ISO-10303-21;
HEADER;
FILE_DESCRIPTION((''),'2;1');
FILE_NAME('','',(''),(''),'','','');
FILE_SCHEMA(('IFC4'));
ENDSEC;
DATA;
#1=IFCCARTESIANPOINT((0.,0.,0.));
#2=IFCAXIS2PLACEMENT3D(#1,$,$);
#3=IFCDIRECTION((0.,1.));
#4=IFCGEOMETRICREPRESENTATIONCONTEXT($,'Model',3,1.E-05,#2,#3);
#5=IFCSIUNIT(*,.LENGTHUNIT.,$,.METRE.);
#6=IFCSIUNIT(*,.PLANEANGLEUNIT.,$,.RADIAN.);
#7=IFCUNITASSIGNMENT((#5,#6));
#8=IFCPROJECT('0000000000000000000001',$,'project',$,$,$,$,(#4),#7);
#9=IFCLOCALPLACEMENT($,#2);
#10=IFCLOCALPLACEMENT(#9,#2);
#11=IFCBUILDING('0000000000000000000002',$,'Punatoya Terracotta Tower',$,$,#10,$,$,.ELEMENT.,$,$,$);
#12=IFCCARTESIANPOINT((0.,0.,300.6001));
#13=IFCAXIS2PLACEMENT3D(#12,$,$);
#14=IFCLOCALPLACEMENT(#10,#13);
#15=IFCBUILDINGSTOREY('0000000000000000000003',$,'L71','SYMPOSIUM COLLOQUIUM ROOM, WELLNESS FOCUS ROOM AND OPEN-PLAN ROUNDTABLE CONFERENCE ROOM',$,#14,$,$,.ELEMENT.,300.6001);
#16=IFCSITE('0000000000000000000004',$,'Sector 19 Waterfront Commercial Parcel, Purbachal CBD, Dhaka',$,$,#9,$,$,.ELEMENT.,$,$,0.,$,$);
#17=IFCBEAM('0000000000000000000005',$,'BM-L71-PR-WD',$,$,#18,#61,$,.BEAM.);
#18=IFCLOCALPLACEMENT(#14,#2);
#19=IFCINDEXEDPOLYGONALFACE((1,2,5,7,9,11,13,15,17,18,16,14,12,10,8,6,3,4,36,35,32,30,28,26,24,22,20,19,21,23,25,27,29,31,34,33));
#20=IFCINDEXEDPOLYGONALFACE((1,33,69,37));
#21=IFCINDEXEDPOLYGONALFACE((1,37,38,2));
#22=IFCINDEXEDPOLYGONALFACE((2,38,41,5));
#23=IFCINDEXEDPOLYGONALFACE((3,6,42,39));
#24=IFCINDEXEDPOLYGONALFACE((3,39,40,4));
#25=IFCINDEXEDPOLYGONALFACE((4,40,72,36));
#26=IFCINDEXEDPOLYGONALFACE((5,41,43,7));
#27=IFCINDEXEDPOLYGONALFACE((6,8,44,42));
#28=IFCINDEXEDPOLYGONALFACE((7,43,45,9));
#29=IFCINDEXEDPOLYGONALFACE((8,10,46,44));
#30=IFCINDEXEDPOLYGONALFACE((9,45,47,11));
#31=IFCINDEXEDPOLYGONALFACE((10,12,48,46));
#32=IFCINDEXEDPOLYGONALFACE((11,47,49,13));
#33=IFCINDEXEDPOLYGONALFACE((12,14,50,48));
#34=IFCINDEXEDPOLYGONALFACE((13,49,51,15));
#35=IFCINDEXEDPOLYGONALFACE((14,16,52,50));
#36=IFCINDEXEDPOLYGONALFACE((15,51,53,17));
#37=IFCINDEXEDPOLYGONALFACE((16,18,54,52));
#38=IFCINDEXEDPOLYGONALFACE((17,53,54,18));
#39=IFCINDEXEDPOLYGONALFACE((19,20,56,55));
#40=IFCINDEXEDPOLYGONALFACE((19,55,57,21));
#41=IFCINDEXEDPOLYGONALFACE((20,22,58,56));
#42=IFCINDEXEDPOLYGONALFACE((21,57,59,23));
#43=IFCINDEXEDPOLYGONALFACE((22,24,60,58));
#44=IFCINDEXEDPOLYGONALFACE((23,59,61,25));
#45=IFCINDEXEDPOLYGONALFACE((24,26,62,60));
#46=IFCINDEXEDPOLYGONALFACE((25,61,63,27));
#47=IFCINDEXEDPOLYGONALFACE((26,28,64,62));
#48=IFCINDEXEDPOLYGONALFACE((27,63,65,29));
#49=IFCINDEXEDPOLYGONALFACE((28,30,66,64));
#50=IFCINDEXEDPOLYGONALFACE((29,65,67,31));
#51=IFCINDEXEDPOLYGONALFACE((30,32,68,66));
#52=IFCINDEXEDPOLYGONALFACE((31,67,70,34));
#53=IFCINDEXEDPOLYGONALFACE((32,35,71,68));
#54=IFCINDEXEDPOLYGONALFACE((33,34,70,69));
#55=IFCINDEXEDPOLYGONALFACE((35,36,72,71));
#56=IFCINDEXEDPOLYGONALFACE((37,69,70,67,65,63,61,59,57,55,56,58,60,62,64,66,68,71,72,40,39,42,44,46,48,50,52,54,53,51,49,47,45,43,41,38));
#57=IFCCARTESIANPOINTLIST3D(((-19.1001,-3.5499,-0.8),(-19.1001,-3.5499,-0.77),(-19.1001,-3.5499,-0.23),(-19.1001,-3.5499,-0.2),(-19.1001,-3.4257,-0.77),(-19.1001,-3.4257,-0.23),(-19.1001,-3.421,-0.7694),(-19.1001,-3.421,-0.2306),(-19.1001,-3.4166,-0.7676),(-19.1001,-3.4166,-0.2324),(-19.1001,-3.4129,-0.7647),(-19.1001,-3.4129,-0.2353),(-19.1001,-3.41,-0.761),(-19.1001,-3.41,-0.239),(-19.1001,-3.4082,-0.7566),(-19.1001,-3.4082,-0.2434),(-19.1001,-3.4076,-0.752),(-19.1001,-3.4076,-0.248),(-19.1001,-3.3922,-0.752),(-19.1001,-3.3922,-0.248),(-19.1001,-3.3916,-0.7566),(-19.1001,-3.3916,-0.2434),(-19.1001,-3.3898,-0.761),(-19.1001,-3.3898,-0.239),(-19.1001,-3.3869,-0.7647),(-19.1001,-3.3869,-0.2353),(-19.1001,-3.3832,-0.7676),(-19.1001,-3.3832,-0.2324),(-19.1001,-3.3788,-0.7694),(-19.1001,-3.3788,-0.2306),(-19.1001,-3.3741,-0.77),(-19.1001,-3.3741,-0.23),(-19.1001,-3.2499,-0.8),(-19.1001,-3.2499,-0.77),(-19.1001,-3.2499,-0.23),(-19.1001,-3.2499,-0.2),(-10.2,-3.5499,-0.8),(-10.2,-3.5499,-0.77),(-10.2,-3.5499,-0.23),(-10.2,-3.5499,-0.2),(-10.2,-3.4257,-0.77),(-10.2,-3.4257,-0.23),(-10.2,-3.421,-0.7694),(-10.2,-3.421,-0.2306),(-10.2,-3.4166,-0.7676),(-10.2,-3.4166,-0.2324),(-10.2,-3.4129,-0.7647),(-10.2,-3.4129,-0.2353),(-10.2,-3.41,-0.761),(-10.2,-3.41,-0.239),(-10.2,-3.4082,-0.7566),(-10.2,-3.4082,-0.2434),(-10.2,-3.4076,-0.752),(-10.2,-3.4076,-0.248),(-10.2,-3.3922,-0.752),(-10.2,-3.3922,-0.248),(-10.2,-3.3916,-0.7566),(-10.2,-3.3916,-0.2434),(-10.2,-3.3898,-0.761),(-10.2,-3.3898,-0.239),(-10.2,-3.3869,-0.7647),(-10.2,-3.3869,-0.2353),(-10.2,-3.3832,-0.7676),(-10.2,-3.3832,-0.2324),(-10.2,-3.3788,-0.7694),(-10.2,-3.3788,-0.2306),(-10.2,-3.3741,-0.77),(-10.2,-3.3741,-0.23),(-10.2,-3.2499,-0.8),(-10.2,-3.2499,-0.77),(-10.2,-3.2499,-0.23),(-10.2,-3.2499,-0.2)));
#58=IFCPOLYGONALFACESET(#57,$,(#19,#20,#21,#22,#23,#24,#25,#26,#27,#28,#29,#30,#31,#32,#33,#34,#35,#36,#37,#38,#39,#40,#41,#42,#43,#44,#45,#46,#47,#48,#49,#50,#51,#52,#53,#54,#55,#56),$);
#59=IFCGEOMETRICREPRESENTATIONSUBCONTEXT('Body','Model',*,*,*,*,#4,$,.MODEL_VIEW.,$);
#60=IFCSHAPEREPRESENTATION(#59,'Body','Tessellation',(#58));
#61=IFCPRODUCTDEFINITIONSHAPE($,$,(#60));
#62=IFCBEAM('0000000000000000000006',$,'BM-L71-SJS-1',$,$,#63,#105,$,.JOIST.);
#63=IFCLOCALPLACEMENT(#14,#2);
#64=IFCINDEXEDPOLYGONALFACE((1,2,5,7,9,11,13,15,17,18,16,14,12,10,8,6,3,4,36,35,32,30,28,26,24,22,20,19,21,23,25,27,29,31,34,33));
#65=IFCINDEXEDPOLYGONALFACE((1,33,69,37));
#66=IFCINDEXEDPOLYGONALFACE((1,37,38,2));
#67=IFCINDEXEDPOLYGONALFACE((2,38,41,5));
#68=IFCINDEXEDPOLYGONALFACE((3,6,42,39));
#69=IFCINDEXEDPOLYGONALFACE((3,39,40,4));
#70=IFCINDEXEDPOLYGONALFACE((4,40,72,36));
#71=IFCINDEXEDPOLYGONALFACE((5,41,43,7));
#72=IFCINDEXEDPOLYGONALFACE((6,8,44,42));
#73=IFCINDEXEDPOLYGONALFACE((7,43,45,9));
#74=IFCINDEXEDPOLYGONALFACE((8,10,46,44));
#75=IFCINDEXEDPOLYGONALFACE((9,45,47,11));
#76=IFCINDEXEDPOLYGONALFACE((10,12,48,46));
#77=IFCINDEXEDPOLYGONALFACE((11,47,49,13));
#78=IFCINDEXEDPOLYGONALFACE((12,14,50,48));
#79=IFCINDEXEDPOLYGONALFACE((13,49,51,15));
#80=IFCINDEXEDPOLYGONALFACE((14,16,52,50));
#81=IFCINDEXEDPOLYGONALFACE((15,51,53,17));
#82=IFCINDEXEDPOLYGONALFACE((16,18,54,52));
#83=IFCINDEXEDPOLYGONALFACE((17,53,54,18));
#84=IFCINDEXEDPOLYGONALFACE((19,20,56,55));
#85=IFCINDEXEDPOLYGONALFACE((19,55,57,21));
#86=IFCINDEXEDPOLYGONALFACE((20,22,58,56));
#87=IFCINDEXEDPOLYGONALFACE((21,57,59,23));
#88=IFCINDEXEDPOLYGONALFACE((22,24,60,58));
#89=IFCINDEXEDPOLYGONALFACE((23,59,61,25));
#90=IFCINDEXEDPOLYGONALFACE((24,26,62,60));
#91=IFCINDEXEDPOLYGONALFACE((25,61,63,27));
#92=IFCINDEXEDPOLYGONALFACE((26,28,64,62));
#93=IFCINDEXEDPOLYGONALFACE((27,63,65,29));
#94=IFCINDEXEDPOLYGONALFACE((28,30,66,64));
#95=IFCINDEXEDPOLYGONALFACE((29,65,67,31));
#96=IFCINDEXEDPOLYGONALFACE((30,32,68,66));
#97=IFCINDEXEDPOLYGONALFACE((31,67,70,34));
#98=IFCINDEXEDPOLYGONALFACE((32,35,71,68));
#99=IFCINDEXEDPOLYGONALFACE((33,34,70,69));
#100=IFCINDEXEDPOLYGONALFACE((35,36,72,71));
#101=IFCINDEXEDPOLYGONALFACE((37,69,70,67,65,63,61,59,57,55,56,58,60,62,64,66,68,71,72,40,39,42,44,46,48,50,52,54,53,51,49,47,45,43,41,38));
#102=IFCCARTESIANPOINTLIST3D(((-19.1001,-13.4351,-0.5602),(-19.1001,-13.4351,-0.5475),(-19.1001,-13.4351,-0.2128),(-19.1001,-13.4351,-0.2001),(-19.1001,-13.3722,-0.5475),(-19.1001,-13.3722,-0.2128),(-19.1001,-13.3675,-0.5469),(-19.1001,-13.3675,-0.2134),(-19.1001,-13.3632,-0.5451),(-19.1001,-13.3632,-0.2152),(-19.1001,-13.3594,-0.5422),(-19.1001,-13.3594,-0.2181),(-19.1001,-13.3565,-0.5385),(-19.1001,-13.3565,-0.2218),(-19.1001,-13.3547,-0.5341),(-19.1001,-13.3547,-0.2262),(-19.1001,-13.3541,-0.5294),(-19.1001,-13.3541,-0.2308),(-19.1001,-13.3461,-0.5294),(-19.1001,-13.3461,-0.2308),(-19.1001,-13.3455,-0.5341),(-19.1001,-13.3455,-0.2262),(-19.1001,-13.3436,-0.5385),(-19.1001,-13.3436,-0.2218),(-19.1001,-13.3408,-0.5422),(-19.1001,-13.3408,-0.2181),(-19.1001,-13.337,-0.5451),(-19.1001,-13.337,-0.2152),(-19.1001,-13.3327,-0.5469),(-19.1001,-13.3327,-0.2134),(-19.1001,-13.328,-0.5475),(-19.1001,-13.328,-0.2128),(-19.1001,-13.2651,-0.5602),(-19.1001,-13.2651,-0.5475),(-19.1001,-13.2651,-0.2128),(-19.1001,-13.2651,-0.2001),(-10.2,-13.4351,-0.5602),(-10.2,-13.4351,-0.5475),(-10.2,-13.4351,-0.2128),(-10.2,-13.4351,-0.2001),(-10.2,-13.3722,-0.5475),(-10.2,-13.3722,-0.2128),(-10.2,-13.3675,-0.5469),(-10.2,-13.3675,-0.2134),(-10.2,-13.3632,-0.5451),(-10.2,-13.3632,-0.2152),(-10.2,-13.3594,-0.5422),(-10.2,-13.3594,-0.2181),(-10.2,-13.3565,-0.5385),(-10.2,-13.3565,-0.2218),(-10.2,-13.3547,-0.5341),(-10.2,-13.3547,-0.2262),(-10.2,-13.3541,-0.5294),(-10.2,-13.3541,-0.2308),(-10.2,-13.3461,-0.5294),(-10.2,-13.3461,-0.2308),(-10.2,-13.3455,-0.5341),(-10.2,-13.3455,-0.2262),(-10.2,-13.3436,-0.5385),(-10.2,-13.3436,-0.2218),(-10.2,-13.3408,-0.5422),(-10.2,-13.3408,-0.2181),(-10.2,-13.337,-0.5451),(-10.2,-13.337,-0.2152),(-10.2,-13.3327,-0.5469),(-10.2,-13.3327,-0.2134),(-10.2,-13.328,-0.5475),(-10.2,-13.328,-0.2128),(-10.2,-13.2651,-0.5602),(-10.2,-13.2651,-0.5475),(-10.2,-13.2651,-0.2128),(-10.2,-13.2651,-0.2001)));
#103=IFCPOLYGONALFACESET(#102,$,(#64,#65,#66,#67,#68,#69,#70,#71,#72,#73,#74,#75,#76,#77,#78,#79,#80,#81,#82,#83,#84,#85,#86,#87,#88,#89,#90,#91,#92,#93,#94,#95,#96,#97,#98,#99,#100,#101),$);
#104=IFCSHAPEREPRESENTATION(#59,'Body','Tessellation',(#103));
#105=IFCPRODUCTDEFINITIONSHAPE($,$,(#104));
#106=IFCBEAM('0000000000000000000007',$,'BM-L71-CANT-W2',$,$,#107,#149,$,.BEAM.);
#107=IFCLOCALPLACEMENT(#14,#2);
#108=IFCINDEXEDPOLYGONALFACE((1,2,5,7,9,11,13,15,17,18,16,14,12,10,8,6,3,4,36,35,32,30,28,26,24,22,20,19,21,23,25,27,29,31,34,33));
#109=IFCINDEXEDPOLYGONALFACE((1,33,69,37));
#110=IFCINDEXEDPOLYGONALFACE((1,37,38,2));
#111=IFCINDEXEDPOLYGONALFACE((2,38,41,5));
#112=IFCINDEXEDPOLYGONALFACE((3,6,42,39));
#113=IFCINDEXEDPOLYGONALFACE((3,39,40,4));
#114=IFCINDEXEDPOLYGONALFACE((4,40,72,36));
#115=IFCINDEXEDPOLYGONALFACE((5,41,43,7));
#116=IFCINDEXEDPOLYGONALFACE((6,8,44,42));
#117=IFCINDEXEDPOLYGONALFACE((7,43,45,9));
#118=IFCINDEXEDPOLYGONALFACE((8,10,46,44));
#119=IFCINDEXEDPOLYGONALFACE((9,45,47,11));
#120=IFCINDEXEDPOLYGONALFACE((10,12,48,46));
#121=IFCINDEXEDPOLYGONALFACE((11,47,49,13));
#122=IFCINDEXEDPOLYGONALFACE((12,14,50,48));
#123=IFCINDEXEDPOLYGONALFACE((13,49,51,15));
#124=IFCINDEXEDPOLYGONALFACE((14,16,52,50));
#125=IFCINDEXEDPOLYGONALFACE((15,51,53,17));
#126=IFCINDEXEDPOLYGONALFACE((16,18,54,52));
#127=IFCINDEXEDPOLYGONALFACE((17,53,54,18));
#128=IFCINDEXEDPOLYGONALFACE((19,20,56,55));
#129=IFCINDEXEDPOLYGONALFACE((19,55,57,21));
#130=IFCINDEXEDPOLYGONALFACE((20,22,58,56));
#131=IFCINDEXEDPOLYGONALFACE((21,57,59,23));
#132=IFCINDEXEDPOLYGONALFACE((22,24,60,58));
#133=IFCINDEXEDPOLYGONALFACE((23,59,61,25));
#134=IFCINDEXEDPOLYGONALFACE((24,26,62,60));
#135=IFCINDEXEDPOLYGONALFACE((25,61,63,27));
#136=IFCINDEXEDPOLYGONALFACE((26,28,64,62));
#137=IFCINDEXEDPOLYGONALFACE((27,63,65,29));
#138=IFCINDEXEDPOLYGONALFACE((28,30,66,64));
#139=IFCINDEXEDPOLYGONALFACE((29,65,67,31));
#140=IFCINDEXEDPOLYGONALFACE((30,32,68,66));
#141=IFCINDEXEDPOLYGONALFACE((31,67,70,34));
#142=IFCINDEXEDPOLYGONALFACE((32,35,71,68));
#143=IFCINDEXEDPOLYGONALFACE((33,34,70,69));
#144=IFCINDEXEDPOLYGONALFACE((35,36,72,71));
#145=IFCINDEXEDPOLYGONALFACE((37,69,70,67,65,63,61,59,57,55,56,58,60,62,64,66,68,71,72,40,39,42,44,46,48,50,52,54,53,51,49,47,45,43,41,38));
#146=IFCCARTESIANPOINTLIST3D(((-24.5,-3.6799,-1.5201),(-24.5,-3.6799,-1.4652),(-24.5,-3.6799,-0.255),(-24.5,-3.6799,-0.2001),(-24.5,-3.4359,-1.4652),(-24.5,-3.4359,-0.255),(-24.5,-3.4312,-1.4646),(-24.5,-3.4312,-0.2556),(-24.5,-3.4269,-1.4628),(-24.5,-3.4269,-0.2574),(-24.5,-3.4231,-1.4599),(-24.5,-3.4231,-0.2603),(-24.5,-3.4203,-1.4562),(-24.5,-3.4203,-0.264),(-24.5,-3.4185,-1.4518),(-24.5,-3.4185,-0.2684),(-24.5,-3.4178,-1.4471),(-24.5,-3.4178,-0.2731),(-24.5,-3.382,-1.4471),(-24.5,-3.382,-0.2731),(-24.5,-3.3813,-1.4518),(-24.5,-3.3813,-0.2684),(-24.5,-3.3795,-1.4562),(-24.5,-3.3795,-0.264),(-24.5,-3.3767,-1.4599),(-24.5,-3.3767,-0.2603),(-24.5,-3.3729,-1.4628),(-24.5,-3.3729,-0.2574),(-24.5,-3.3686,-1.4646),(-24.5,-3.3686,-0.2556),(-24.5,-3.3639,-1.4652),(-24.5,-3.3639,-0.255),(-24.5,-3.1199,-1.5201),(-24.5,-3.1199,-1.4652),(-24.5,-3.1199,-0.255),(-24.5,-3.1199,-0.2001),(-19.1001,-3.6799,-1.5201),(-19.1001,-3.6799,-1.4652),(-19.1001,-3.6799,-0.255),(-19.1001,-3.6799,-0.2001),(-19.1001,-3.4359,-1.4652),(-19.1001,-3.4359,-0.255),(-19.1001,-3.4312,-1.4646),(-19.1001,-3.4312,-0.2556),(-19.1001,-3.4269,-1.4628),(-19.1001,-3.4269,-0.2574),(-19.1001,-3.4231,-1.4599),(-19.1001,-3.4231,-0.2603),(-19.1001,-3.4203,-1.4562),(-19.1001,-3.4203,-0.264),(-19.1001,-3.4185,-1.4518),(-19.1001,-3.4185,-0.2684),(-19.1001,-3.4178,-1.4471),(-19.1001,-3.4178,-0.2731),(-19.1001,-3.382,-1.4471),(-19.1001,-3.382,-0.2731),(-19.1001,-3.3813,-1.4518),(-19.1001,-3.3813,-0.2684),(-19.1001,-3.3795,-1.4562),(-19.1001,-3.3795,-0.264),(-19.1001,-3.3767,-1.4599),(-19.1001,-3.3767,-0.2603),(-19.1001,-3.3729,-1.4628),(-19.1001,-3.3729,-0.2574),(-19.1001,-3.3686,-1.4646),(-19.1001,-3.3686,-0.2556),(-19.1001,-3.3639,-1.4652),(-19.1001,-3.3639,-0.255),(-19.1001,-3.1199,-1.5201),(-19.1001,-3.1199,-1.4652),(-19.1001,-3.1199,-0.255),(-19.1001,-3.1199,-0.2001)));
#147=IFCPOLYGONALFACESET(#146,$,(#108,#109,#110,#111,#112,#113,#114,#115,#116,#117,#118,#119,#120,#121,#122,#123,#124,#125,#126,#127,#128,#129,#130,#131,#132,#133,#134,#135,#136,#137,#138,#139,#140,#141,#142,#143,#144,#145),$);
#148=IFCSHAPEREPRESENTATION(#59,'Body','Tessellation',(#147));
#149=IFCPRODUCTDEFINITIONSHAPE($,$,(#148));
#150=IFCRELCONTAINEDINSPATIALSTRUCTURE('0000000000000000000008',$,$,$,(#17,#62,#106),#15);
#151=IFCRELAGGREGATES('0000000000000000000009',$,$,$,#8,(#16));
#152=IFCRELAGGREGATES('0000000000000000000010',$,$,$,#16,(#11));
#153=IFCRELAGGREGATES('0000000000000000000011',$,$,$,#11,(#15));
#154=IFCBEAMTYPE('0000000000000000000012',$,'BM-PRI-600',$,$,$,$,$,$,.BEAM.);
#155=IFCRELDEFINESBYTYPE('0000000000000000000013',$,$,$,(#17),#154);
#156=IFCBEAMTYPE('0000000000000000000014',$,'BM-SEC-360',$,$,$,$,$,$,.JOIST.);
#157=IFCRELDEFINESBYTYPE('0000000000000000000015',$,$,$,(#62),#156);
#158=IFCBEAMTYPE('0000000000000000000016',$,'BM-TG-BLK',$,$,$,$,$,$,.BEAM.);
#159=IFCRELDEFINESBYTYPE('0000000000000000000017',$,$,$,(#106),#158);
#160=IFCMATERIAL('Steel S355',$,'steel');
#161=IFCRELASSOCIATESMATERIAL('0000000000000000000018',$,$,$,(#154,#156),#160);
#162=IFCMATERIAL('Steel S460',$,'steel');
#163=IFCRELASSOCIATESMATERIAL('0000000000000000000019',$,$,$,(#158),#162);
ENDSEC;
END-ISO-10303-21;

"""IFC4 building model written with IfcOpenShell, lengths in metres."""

from ifc_helpers import new_model, si_unit, direction, frame, origin, origin_2d, place, context, subcontext, project, spatial, i_section, extrude, material, material_profile, profile_set, type_object, element, save


model = new_model("IFC4")

# Units and contexts
model_context = context("Model", 3, precision=1e-05, world=origin(), true_north=direction((0.0, 1.0)))
body_context = subcontext(model_context, "Body", "Model", "MODEL_VIEW")
ifc_project = project(units=[si_unit("LENGTHUNIT", "METRE"), si_unit("PLANEANGLEUNIT", "RADIAN")], contexts=[model_context])

# Site, building, storey
site_placement = place(None, origin())
site = spatial("IfcSite", under=ifc_project, at=site_placement, Name="Sector 19 Waterfront Commercial Parcel, Purbachal CBD, Dhaka", CompositionType="ELEMENT", RefElevation=0.0)
building_placement = place(site_placement, origin())
building = spatial("IfcBuilding", under=site, at=building_placement, Name="Punatoya Terracotta Tower", CompositionType="ELEMENT")
storey_placement = place(building_placement, frame((0.0, 0.0, 300.6001)))
storey = spatial("IfcBuildingStorey", under=building, at=storey_placement, Name="L71", Description="SYMPOSIUM COLLOQUIUM ROOM, WELLNESS FOCUS ROOM AND OPEN-PLAN ROUNDTABLE CONFERENCE ROOM", CompositionType="ELEMENT", Elevation=300.6001)

# Shared definitions
ifc_material_1 = material(Name="Steel S460", Category="steel")

# Beams
ifc_material_2 = material(Name="Steel S355", Category="steel")
ifc_material_profile_1 = material_profile(ifc_material_2, i_section(OverallWidth=0.3, OverallDepth=0.6001, WebThickness=0.0154, FlangeThickness=0.03, FilletRadius=0.0181, at=origin_2d()))
ifc_profile_set_1 = profile_set([ifc_material_profile_1], Name="Steel S355")
beam_type_1 = type_object("IfcBeamType", Name="BM-PRI-600", PredefinedType="BEAM", material=ifc_profile_set_1)
for number, where, z_axis, x_axis, name in (
    (1, (-19.1001, -3.3999, -0.5), (1.0, 0.0, 0.0), (0.0, 1.0, 0.0), "BM-L71-PR-WD"),
):
    element("IfcBeam", number, at=place(storey_placement, frame(where, z_axis=z_axis, x_axis=x_axis)), inside=storey, type_object=beam_type_1, Name=name, PredefinedType="BEAM", context=body_context, shape_type="SweptSolid", body=[
        extrude(i_section(OverallWidth=0.3, OverallDepth=0.6001, WebThickness=0.0154, FlangeThickness=0.03, FilletRadius=0.0181, at=origin_2d()), origin(), (0.0, 0.0, 1.0), 8.9001),
    ])
ifc_material_profile_2 = material_profile(ifc_material_2, i_section(OverallWidth=0.1699, OverallDepth=0.3601, WebThickness=0.0081, FlangeThickness=0.0127, FilletRadius=0.0181, at=origin_2d()))
ifc_profile_set_2 = profile_set([ifc_material_profile_2], Name="Steel S355")
beam_type_2 = type_object("IfcBeamType", Name="BM-SEC-360", PredefinedType="JOIST", material=ifc_profile_set_2)
beam_1_placement = place(storey_placement, frame((-19.1001, -13.3501, -0.3801), z_axis=(1.0, 0.0, 0.0), x_axis=(0.0, 1.0, 0.0)))
element("IfcBeam", 2, at=beam_1_placement, inside=storey, type_object=beam_type_2, Name="BM-L71-SJS-1", PredefinedType="JOIST", context=body_context, shape_type="SweptSolid", body=[
    extrude(i_section(OverallWidth=0.1699, OverallDepth=0.3601, WebThickness=0.0081, FlangeThickness=0.0127, FilletRadius=0.0181, at=origin_2d()), origin(), (0.0, 0.0, 1.0), 8.9001),
])
ifc_material_profile_3 = material_profile(ifc_material_1, i_section(OverallWidth=0.5601, OverallDepth=1.3201, WebThickness=0.0359, FlangeThickness=0.0549, FilletRadius=0.0181, at=origin_2d()))
ifc_profile_set_3 = profile_set([ifc_material_profile_3], Name="Steel S460")
beam_type_3 = type_object("IfcBeamType", Name="BM-TG-BLK", PredefinedType="BEAM", material=ifc_profile_set_3)
beam_2_placement = place(storey_placement, frame((-24.5, -3.3999, -0.8601), z_axis=(1.0, 0.0, 0.0), x_axis=(0.0, 1.0, 0.0)))
element("IfcBeam", 3, at=beam_2_placement, inside=storey, type_object=beam_type_3, Name="BM-L71-CANT-W2", PredefinedType="BEAM", context=body_context, shape_type="SweptSolid", body=[
    extrude(i_section(OverallWidth=0.5601, OverallDepth=1.3201, WebThickness=0.0359, FlangeThickness=0.0549, FilletRadius=0.0181, at=origin_2d()), origin(), (0.0, 0.0, 1.0), 5.3999),
])

save(model, "model.ifc")
